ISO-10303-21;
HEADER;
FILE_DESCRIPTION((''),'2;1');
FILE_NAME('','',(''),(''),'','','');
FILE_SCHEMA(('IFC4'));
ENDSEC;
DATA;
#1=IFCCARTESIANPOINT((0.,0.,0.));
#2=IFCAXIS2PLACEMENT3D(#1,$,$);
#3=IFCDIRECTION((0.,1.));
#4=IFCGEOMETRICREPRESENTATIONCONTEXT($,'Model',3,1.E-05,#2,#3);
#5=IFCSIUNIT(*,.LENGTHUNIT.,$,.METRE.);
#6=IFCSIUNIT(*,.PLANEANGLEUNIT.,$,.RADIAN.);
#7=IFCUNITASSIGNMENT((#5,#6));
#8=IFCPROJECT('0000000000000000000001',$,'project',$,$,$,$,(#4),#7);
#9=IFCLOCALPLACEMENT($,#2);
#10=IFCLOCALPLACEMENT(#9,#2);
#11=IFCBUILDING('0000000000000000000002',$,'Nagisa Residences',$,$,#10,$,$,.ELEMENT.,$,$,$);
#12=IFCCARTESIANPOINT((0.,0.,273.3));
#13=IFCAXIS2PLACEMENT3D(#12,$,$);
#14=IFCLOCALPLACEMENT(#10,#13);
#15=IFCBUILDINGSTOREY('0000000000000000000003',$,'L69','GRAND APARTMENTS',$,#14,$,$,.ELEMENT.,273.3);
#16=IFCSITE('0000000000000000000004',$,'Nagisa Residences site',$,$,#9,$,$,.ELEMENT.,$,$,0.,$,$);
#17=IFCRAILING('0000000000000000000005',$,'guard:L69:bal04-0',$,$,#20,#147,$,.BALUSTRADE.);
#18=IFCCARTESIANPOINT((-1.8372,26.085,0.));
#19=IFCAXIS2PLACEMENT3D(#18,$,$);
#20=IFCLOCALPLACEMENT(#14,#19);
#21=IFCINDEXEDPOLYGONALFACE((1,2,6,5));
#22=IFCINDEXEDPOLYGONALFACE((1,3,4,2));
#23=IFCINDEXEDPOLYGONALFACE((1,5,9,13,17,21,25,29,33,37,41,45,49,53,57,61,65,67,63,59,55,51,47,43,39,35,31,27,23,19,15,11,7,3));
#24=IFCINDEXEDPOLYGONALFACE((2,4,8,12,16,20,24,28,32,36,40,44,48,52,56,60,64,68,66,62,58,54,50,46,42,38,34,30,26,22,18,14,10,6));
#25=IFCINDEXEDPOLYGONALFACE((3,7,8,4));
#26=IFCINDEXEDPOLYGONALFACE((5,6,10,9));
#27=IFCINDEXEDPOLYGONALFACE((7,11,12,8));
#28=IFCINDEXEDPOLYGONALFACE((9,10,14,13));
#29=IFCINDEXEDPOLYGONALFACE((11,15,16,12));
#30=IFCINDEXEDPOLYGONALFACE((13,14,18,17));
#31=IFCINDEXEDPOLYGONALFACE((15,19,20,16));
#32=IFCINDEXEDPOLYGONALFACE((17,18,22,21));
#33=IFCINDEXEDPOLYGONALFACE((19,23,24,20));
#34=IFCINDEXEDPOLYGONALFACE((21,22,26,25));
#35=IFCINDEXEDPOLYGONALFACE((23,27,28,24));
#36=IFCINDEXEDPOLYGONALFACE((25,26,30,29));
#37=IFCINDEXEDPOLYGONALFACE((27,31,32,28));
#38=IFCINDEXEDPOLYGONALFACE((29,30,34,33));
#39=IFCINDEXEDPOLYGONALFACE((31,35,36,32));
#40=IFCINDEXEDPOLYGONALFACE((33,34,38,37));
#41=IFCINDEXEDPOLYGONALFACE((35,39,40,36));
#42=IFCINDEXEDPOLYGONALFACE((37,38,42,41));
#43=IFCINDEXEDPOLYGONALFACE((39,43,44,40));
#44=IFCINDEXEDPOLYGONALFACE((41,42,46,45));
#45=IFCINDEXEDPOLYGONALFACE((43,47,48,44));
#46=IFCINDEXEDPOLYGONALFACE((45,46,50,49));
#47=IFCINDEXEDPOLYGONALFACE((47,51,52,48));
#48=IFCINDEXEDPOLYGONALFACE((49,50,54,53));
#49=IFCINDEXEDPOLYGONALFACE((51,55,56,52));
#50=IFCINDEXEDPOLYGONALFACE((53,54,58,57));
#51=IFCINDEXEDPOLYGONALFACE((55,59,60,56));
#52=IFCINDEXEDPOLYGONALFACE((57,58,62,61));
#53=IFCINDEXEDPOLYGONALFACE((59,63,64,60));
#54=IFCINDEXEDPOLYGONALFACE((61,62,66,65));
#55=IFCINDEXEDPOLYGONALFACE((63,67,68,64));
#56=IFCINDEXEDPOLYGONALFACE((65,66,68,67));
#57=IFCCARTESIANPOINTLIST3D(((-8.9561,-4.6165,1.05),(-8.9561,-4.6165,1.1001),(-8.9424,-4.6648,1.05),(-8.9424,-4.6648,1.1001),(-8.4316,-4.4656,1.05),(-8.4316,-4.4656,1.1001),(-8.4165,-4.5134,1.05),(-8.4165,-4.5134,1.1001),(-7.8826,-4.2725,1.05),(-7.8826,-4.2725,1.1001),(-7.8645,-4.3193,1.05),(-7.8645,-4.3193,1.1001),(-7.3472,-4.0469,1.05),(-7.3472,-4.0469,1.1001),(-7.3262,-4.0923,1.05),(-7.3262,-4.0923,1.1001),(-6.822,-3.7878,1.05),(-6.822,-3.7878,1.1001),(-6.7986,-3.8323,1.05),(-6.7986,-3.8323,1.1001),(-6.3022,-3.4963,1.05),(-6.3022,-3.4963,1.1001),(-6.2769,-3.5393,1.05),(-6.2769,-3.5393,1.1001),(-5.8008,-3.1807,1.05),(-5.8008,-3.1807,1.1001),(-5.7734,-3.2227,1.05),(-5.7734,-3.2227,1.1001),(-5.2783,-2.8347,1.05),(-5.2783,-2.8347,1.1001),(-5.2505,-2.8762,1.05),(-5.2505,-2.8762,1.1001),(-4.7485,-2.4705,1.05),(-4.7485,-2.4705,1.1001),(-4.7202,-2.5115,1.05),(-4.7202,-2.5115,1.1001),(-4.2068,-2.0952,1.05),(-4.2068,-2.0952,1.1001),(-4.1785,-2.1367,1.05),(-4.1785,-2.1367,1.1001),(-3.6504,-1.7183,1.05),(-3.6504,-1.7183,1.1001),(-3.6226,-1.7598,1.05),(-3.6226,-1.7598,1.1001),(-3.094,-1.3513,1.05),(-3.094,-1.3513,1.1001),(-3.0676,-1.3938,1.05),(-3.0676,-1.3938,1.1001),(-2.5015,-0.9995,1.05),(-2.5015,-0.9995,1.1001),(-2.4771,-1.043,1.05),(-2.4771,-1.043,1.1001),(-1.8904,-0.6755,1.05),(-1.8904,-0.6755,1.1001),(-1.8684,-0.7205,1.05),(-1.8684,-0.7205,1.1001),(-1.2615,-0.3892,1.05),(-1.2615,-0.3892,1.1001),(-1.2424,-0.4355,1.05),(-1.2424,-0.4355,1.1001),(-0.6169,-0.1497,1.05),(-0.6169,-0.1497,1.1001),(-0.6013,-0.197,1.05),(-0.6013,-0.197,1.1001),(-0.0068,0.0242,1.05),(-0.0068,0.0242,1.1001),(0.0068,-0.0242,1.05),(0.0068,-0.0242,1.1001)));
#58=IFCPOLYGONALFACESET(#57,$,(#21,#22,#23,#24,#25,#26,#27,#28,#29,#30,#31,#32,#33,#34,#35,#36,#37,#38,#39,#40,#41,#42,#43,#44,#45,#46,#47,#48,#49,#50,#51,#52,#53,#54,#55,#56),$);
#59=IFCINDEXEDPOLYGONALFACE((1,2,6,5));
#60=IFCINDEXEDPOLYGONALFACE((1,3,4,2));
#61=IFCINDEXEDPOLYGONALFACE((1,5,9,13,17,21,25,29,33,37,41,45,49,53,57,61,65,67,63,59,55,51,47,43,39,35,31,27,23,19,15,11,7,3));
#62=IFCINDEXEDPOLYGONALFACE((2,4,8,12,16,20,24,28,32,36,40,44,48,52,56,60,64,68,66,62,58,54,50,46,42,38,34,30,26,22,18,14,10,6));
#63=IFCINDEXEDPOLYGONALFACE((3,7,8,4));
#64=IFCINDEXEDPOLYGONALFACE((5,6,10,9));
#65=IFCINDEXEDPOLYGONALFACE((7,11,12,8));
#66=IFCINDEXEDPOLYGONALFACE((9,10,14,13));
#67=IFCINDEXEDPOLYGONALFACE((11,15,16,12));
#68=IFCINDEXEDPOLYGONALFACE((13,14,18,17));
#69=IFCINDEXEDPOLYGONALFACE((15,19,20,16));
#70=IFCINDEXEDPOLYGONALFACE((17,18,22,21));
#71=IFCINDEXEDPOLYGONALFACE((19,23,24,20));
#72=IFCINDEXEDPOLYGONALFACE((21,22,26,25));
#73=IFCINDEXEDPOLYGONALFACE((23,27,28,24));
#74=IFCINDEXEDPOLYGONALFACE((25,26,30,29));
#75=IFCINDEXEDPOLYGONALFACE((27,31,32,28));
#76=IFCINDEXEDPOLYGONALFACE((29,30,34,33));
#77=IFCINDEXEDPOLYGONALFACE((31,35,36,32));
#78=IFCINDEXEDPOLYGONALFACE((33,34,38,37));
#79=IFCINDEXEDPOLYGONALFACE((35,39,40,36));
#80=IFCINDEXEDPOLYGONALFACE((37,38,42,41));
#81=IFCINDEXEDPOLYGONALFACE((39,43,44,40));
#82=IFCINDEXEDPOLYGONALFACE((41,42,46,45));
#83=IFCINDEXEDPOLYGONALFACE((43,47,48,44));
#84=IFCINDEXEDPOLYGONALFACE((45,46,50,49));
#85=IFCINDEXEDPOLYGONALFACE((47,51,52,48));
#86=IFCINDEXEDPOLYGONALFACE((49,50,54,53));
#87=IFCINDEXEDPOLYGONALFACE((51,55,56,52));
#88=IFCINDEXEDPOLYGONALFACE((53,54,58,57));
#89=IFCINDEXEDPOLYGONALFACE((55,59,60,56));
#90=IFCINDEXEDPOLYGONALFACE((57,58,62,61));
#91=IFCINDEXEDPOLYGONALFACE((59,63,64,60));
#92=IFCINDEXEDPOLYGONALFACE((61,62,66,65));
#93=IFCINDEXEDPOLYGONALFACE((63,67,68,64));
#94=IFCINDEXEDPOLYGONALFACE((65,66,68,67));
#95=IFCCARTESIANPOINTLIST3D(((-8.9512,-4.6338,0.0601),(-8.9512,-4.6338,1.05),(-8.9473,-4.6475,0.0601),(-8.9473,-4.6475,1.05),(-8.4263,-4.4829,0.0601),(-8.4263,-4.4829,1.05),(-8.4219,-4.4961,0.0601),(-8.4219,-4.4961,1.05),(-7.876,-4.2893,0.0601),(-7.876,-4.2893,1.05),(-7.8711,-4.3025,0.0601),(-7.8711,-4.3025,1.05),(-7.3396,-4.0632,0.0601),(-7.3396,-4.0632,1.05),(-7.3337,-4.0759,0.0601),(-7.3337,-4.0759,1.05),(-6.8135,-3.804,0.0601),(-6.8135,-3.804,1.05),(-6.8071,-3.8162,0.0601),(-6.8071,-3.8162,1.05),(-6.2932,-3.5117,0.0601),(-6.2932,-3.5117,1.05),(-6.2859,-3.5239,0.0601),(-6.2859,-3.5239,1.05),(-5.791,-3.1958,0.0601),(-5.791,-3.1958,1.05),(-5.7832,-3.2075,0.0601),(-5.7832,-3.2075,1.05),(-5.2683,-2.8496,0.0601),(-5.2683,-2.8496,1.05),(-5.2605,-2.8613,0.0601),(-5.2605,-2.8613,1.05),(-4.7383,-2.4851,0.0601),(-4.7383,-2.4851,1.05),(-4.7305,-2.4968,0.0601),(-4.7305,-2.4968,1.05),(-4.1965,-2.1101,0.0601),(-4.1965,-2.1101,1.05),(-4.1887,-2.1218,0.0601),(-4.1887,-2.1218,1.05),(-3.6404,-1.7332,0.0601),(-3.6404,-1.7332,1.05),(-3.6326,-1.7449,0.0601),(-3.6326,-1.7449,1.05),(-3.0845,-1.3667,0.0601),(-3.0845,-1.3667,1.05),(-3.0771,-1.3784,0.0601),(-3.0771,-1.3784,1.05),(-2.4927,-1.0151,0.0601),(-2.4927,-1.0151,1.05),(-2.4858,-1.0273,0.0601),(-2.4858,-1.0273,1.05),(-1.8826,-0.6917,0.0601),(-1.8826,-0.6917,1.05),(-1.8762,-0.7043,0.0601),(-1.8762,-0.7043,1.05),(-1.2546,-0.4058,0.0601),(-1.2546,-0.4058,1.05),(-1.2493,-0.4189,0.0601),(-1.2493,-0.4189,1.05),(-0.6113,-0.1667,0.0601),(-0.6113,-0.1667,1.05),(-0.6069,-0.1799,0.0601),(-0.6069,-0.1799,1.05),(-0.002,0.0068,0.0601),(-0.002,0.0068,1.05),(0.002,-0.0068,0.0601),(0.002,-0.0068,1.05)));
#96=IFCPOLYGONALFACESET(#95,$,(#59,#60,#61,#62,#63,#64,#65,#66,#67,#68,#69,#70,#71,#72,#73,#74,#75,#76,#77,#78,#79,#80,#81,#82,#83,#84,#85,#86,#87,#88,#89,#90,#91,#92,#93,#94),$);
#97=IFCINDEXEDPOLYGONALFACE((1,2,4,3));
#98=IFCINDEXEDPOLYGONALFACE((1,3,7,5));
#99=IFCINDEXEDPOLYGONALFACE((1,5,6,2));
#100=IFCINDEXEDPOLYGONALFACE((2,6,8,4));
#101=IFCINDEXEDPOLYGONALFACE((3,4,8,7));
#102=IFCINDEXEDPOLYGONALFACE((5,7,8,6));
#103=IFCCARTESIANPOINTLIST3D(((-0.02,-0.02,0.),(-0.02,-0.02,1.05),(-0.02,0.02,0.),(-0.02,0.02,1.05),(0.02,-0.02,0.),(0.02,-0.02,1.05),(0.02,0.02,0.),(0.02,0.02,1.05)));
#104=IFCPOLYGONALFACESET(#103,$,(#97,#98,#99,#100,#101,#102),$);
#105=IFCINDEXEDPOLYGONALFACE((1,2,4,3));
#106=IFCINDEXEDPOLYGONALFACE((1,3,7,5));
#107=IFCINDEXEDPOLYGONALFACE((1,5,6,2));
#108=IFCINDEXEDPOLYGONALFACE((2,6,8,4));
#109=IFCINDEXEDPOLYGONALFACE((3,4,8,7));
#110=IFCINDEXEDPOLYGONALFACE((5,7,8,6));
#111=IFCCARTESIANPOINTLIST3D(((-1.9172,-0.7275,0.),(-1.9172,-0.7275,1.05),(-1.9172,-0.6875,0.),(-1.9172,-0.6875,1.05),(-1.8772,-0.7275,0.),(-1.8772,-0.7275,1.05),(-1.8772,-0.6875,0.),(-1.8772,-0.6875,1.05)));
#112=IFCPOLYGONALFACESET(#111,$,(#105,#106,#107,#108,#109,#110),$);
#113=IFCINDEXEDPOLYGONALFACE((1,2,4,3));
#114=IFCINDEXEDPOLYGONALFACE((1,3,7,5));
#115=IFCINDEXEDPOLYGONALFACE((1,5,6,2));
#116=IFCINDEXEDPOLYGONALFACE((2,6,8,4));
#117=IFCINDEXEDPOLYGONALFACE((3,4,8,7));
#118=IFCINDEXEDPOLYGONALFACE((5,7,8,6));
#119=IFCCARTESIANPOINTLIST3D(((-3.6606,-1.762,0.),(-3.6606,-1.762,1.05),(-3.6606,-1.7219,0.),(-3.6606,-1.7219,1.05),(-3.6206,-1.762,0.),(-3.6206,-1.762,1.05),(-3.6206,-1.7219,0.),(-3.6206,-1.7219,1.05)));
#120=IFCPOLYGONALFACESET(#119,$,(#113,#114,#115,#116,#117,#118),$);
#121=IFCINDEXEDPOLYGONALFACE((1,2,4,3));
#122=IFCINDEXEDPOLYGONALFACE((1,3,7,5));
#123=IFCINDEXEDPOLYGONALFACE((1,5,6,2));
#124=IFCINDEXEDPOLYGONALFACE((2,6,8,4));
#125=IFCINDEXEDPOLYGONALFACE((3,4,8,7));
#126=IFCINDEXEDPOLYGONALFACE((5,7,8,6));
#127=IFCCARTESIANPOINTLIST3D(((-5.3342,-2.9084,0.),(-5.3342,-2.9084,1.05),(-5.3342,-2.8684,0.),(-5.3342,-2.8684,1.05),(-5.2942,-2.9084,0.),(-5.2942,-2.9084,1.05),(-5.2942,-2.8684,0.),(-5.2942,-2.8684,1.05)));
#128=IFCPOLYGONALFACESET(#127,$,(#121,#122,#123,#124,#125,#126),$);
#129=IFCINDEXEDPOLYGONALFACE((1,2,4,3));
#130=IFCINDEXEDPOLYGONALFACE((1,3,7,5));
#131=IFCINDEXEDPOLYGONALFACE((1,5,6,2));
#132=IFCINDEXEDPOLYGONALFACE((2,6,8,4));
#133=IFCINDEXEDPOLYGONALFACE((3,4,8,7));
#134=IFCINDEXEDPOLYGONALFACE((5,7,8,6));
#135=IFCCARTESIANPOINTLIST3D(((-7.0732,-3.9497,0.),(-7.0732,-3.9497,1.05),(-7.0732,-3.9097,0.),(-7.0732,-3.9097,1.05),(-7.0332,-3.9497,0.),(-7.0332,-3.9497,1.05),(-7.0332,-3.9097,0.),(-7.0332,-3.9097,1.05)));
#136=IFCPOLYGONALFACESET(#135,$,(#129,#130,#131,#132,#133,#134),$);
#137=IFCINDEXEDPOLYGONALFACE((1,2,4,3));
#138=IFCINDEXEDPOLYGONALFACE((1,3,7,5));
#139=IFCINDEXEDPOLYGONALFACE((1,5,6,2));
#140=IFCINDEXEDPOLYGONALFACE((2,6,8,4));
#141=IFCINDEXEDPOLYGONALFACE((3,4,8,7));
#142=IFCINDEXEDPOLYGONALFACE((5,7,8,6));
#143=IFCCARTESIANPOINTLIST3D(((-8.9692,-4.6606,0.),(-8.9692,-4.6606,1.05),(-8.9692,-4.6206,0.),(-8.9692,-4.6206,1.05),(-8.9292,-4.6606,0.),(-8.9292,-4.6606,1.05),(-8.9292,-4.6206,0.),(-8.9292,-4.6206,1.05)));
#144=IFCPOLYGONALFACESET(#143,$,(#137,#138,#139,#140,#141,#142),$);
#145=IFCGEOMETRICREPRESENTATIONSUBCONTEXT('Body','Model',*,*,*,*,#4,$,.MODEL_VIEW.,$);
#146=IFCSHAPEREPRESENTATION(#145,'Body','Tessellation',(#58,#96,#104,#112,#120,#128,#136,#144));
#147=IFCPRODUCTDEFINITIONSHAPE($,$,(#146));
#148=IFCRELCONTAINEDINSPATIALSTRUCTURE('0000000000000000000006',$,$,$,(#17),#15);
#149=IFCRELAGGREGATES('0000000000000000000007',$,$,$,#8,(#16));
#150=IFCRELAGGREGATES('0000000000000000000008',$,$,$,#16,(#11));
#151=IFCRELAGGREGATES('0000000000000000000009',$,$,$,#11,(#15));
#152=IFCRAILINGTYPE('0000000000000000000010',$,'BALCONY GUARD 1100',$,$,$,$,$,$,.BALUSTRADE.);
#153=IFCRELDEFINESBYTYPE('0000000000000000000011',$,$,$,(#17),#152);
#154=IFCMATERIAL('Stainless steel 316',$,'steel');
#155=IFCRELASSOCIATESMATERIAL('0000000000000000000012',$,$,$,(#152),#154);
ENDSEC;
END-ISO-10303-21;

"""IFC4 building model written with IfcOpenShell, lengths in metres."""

from ifc_helpers import new_model, si_unit, direction, frame, origin, origin_2d, place, context, subcontext, project, spatial, polyline, rectangle, outline, extrude, material, type_object, element, save


model = new_model("IFC4")

# Units and contexts
model_context = context("Model", 3, precision=1e-05, world=origin(), true_north=direction((0.0, 1.0)))
body_context = subcontext(model_context, "Body", "Model", "MODEL_VIEW")
ifc_project = project(units=[si_unit("LENGTHUNIT", "METRE"), si_unit("PLANEANGLEUNIT", "RADIAN")], contexts=[model_context])

# Site, building, storey
site_placement = place(None, origin())
site = spatial("IfcSite", under=ifc_project, at=site_placement, Name="Nagisa Residences site", CompositionType="ELEMENT", RefElevation=0.0)
building_placement = place(site_placement, origin())
building = spatial("IfcBuilding", under=site, at=building_placement, Name="Nagisa Residences", CompositionType="ELEMENT")
storey_placement = place(building_placement, frame((0.0, 0.0, 273.3)))
storey = spatial("IfcBuildingStorey", under=building, at=storey_placement, Name="L69", Description="GRAND APARTMENTS", CompositionType="ELEMENT", Elevation=273.3)

# Railing
ifc_material_1 = material(Name="Stainless steel 316", Category="steel")
railing_type = type_object("IfcRailingType", Name="BALCONY GUARD 1100", PredefinedType="BALUSTRADE", material=ifc_material_1)
railing_placement = place(storey_placement, frame((-1.8372, 26.085, 0.0)))
element("IfcRailing", 1, at=railing_placement, inside=storey, type_object=railing_type, Name="guard:L69:bal04-0", PredefinedType="BALUSTRADE", context=body_context, shape_type="SweptSolid", body=[
    extrude(outline(polyline([(-0.6013, -0.197), (0.0068, -0.0242), (-0.0068, 0.0242), (-0.6169, -0.1497), (-1.2615, -0.3892), (-1.8904, -0.6755), (-2.5015, -0.9995), (-3.094, -1.3513), (-3.6504, -1.7183), (-4.2068, -2.0952), (-4.7485, -2.4705), (-5.2783, -2.8347), (-5.8008, -3.1807), (-6.3022, -3.4963), (-6.822, -3.7878), (-7.3472, -4.0469), (-7.8826, -4.2725), (-8.4316, -4.4656), (-8.9561, -4.6165), (-8.9424, -4.6648), (-8.4165, -4.5134), (-7.8645, -4.3193), (-7.3262, -4.0923), (-6.7986, -3.8323), (-6.2769, -3.5393), (-5.7734, -3.2227), (-5.2505, -2.8762), (-4.7202, -2.5115), (-4.1785, -2.1367), (-3.6226, -1.7598), (-3.0676, -1.3938), (-2.4771, -1.043), (-1.8684, -0.7205), (-1.2424, -0.4355), (-0.6013, -0.197)])), frame((0.0, 0.0, 1.05)), (0.0, 0.0, 1.0), 0.05),
    extrude(outline(polyline([(-0.6069, -0.1799), (0.002, -0.0068), (-0.002, 0.0068), (-0.6113, -0.1667), (-1.2546, -0.4058), (-1.8826, -0.6917), (-2.4927, -1.0151), (-3.0845, -1.3667), (-3.6404, -1.7332), (-4.1965, -2.1101), (-4.7383, -2.4851), (-5.2683, -2.8496), (-5.791, -3.1958), (-6.2932, -3.5117), (-6.8135, -3.804), (-7.3396, -4.0632), (-7.876, -4.2893), (-8.4263, -4.4829), (-8.9512, -4.6338), (-8.9473, -4.6475), (-8.4219, -4.4961), (-7.8711, -4.3025), (-7.3337, -4.0759), (-6.8071, -3.8162), (-6.2859, -3.5239), (-5.7832, -3.2075), (-5.2605, -2.8613), (-4.7305, -2.4968), (-4.1887, -2.1218), (-3.6326, -1.7449), (-3.0771, -1.3784), (-2.4858, -1.0273), (-1.8762, -0.7043), (-1.2493, -0.4189), (-0.6069, -0.1799)])), frame((0.0, 0.0, 0.0601)), (0.0, 0.0, 1.0), 0.99),
    extrude(rectangle(XDim=0.04, YDim=0.04, at=origin_2d()), origin(), (0.0, 0.0, 1.0), 1.05),
    extrude(rectangle(XDim=0.04, YDim=0.04, at=origin_2d()), frame((-1.8972, -0.7075, 0.0)), (0.0, 0.0, 1.0), 1.05),
    extrude(rectangle(XDim=0.04, YDim=0.04, at=origin_2d()), frame((-3.6406, -1.7419, 0.0)), (0.0, 0.0, 1.0), 1.05),
    extrude(rectangle(XDim=0.04, YDim=0.04, at=origin_2d()), frame((-5.3142, -2.8884, 0.0)), (0.0, 0.0, 1.0), 1.05),
    extrude(rectangle(XDim=0.04, YDim=0.04, at=origin_2d()), frame((-7.0532, -3.9297, 0.0)), (0.0, 0.0, 1.0), 1.05),
    extrude(rectangle(XDim=0.04, YDim=0.04, at=origin_2d()), frame((-8.9492, -4.6406, 0.0)), (0.0, 0.0, 1.0), 1.05),
])

save(model, "model.ifc")
